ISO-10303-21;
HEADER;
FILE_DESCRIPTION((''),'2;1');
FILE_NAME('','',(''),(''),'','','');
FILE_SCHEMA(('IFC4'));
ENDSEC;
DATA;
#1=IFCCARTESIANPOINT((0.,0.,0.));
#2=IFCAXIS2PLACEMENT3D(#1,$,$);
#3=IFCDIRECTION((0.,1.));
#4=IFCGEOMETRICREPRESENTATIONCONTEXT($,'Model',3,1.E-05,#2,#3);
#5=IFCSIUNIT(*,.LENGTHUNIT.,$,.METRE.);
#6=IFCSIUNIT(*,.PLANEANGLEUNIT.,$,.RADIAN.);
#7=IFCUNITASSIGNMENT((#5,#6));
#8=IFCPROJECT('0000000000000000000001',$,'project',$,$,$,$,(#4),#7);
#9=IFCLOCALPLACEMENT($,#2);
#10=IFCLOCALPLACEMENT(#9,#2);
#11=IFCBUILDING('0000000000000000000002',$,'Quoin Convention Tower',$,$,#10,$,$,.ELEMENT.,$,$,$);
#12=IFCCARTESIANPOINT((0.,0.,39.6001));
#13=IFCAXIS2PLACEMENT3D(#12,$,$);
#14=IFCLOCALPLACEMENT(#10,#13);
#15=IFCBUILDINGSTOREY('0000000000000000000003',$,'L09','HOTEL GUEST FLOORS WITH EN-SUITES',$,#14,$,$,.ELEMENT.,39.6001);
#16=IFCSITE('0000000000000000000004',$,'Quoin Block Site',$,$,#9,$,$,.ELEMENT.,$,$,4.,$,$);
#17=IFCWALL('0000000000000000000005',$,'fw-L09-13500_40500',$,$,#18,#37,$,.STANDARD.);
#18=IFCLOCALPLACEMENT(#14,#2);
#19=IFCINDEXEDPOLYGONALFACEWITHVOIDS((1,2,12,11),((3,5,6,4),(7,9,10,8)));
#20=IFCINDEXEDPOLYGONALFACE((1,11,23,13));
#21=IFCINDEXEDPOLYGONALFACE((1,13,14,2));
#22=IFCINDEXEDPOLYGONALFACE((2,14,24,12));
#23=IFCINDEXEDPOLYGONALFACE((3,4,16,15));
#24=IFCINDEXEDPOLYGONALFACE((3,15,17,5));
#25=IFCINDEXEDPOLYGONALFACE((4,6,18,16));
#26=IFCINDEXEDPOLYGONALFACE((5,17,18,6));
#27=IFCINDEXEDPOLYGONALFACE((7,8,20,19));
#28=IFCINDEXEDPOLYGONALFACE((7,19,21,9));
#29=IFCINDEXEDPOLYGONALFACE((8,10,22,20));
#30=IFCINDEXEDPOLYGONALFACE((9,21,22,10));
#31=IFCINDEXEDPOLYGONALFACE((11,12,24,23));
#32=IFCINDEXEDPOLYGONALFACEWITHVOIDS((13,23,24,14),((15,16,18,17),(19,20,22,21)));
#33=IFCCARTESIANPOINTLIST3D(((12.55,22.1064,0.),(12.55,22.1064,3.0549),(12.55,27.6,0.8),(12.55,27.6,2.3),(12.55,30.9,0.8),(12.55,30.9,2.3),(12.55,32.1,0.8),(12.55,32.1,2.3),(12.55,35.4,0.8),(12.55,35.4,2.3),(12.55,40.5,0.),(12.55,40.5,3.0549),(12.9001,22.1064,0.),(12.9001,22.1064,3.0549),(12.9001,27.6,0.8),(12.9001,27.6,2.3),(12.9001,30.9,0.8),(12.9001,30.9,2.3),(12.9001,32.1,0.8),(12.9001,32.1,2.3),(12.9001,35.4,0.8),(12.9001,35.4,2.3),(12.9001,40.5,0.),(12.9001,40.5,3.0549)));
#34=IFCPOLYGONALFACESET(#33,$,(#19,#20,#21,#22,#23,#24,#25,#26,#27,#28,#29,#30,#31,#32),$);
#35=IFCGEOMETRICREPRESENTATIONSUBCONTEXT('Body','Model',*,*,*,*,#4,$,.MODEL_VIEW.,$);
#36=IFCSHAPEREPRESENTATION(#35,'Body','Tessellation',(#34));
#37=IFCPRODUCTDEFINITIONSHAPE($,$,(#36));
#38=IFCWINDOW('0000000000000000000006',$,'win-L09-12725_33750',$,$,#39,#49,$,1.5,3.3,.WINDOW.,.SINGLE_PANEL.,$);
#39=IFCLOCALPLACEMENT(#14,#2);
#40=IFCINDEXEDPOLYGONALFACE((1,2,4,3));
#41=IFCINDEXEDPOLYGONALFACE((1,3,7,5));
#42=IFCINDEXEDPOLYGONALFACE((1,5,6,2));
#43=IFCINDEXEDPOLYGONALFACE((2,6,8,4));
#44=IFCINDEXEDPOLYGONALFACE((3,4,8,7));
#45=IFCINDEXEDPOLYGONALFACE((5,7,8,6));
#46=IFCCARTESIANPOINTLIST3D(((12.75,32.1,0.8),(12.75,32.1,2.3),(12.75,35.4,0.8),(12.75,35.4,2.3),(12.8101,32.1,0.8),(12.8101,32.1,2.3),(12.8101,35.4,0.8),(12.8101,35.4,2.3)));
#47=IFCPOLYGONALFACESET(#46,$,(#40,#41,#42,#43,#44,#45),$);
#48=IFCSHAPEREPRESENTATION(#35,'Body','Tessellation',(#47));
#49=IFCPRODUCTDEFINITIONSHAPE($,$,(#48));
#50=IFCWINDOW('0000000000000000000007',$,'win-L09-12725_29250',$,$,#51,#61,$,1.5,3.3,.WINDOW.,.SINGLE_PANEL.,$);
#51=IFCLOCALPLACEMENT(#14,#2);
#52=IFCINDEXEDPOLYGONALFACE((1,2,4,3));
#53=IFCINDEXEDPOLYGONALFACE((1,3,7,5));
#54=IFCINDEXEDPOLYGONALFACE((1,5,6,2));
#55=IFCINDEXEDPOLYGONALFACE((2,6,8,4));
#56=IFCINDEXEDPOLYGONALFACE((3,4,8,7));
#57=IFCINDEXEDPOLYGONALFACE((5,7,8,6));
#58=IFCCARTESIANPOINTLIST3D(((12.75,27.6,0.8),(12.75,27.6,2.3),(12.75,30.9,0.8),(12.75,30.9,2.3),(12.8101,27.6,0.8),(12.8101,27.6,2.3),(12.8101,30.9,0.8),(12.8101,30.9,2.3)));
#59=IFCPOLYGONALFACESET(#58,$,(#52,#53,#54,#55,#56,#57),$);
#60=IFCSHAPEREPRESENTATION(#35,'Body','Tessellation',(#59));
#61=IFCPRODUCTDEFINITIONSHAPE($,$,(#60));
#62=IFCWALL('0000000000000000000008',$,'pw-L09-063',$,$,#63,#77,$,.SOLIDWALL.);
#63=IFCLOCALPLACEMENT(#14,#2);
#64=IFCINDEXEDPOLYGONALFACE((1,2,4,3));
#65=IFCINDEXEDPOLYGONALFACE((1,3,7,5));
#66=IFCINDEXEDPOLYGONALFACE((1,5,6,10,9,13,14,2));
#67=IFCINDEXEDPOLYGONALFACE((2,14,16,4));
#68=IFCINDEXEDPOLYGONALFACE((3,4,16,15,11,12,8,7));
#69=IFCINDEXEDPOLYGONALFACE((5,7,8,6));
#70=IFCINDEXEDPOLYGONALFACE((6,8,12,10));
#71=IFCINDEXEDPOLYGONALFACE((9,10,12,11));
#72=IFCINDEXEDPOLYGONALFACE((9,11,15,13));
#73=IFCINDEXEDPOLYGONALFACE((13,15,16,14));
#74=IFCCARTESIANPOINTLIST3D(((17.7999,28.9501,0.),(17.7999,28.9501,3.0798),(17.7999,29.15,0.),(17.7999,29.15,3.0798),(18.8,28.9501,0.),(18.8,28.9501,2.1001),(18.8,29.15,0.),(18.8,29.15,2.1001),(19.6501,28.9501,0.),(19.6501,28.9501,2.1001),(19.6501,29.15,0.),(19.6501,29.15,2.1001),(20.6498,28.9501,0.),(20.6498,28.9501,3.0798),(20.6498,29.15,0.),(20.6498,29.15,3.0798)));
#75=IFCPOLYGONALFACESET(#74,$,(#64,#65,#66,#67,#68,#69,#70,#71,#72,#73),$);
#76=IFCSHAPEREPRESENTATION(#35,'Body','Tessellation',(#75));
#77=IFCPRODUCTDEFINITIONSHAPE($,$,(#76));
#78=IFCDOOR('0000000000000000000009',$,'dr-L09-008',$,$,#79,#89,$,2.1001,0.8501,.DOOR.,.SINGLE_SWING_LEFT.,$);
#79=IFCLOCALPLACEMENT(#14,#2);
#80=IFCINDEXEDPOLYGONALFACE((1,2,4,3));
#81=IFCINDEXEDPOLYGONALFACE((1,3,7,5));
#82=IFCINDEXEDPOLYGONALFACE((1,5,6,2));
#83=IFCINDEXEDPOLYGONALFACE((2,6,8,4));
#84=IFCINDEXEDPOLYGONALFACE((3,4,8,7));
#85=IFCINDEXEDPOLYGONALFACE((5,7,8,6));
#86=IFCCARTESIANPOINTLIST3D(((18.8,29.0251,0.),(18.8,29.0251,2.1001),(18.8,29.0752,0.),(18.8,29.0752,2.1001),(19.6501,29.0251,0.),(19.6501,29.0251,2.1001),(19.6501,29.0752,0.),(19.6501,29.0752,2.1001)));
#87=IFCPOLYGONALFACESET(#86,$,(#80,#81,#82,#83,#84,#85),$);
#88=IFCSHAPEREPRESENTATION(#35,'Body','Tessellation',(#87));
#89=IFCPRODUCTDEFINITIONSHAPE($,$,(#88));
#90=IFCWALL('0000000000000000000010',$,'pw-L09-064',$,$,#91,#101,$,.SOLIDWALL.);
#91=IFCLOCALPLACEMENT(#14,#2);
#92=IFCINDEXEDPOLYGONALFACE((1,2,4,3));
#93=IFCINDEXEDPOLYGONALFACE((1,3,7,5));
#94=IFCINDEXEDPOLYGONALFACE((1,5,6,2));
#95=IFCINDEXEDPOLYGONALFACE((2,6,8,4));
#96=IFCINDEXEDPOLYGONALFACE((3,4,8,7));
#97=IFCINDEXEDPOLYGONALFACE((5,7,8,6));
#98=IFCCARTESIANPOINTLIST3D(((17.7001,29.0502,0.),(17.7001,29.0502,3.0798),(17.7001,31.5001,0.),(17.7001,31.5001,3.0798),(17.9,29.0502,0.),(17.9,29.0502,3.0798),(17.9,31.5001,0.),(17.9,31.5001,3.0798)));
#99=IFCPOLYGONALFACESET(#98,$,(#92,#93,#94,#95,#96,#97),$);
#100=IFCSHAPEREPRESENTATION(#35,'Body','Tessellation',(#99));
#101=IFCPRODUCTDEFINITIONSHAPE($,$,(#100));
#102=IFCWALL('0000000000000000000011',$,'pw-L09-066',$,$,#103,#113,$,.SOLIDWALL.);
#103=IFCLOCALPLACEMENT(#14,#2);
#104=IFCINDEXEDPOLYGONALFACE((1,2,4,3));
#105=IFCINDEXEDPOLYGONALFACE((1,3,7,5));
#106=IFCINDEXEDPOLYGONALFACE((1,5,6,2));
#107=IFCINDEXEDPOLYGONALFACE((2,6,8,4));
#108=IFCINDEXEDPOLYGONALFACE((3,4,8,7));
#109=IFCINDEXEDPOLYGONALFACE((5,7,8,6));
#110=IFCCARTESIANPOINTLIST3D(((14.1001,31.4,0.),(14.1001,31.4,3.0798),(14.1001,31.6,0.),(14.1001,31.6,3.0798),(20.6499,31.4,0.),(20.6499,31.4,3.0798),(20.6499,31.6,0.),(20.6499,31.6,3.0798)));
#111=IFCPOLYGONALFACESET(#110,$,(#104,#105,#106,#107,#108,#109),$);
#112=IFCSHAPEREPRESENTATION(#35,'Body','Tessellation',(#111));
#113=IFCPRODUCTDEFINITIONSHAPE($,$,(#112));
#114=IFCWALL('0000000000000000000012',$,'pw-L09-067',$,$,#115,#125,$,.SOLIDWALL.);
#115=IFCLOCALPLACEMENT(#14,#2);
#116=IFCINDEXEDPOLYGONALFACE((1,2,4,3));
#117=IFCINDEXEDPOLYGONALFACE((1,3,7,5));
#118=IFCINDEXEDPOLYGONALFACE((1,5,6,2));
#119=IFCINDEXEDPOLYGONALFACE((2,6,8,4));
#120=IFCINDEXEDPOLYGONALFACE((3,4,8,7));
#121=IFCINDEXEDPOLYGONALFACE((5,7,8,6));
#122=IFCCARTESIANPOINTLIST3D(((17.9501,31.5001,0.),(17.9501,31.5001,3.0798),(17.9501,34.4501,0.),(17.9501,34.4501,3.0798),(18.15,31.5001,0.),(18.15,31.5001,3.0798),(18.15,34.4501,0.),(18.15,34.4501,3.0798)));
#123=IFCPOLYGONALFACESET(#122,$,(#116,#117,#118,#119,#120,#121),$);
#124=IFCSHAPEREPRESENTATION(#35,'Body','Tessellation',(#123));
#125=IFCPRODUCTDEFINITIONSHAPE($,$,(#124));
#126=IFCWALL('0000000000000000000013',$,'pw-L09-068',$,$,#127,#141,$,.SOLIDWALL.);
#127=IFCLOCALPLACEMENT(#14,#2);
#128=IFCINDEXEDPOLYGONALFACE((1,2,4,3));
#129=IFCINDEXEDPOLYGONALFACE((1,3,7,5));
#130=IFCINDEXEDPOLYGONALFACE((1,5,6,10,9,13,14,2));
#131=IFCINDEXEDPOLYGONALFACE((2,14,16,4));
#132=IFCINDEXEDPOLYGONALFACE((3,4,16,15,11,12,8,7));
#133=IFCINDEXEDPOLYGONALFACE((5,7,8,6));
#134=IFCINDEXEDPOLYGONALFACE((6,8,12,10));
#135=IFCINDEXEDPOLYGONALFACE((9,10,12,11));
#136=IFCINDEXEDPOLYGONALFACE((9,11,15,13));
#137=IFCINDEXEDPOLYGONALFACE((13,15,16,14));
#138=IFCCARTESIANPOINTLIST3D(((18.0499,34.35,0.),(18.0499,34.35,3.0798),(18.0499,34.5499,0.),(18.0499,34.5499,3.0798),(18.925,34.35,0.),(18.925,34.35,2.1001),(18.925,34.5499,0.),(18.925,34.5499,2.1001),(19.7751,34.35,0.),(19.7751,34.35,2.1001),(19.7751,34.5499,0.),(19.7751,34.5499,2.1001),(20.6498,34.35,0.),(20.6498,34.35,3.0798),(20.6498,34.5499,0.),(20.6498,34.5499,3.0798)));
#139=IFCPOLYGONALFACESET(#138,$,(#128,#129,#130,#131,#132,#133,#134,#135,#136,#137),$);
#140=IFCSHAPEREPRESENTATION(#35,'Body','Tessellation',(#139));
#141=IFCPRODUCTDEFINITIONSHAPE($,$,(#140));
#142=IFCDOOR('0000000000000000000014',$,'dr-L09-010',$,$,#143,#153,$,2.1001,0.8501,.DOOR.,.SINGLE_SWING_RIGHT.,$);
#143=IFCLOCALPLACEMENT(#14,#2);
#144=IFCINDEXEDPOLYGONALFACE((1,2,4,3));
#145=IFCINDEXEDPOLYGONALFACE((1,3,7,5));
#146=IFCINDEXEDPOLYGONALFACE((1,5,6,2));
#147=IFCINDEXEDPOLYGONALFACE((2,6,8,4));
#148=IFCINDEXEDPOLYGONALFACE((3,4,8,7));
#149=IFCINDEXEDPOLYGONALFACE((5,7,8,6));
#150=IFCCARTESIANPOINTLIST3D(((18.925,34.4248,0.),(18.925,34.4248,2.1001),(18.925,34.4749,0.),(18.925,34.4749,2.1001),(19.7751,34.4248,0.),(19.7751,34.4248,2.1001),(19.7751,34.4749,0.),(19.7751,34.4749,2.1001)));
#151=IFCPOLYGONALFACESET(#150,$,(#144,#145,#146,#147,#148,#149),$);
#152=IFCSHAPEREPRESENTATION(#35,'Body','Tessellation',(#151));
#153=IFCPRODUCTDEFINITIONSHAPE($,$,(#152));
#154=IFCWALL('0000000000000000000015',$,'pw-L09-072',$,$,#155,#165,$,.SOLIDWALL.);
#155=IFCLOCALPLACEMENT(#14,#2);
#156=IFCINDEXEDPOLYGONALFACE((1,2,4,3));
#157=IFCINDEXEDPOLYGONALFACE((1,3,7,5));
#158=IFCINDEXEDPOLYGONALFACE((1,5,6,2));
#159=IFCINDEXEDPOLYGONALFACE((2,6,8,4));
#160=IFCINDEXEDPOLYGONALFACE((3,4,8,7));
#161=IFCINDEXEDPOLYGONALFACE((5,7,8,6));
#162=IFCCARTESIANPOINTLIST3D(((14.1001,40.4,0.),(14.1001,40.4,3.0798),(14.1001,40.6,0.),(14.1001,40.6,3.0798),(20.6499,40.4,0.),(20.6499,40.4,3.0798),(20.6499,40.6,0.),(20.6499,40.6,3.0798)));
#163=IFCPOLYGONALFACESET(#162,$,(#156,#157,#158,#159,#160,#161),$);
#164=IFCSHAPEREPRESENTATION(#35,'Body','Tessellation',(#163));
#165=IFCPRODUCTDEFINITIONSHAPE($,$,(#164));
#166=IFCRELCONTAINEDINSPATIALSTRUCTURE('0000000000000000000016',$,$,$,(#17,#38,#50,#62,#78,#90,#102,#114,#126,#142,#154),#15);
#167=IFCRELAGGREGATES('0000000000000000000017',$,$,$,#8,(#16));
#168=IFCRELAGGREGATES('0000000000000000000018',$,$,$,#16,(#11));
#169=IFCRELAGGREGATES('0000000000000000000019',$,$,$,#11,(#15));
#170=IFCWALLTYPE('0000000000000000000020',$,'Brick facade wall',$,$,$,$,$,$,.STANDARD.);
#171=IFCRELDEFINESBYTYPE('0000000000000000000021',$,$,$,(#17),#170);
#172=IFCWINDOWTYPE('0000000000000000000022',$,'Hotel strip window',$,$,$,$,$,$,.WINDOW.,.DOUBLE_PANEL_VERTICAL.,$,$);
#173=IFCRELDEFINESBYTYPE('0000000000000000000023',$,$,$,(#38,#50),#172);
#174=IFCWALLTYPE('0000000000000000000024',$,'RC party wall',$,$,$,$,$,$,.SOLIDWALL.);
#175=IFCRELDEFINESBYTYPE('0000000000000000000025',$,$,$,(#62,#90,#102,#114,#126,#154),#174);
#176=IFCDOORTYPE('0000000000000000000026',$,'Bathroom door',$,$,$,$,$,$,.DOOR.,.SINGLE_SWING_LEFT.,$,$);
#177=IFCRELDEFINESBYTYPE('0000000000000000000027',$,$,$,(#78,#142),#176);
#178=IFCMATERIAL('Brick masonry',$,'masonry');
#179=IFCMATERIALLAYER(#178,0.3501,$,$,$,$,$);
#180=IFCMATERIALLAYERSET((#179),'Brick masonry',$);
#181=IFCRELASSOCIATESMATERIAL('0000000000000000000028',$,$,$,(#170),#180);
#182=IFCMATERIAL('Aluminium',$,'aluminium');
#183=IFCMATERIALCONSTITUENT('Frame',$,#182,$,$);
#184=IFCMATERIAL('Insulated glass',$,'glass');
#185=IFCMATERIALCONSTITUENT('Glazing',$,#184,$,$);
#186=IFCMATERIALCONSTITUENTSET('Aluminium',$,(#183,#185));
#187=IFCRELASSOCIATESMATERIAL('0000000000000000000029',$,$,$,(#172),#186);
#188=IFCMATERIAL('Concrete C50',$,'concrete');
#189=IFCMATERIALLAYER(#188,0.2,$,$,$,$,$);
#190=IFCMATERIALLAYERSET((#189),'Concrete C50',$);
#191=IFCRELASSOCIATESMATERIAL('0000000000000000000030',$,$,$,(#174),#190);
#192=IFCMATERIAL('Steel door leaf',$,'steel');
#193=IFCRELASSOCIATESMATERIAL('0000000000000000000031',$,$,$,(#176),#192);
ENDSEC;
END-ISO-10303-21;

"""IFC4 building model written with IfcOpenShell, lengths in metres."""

from ifc_helpers import new_model, si_unit, direction, frame, frame_2d, origin, place, context, subcontext, project, spatial, rectangle, extrude, material, layer, layer_set, constituent, constituent_set, type_object, element, fill, save


model = new_model("IFC4")

# Units and contexts
model_context = context("Model", 3, precision=1e-05, world=origin(), true_north=direction((0.0, 1.0)))
body_context = subcontext(model_context, "Body", "Model", "MODEL_VIEW")
ifc_project = project(units=[si_unit("LENGTHUNIT", "METRE"), si_unit("PLANEANGLEUNIT", "RADIAN")], contexts=[model_context])

# Site, building, storey
site_placement = place(None, origin())
site = spatial("IfcSite", under=ifc_project, at=site_placement, Name="Quoin Block Site", CompositionType="ELEMENT", RefElevation=4.0)
building_placement = place(site_placement, origin())
building = spatial("IfcBuilding", under=site, at=building_placement, Name="Quoin Convention Tower", CompositionType="ELEMENT")
storey_placement = place(building_placement, frame((0.0, 0.0, 39.6001)))
storey = spatial("IfcBuildingStorey", under=building, at=storey_placement, Name="L09", Description="HOTEL GUEST FLOORS WITH EN-SUITES", CompositionType="ELEMENT", Elevation=39.6001)

# Wall, openings, windows
ifc_material_1 = material(Name="Brick masonry", Category="masonry")
ifc_layer_1 = layer(ifc_material_1, 0.3501)
ifc_layer_set_1 = layer_set([ifc_layer_1], Name="Brick masonry")
wall_type_1 = type_object("IfcWallType", Name="Brick facade wall", PredefinedType="STANDARD", material=ifc_layer_set_1)
wall_1_placement = place(storey_placement, frame((12.7251, 40.5, 0.0), z_axis=(0.0, 0.0, 1.0), x_axis=(0.0, -1.0, 0.0)))
wall_1 = element("IfcWall", 1, at=wall_1_placement, inside=storey, type_object=wall_type_1, Name="fw-L09-13500_40500", PredefinedType="STANDARD", context=body_context, shape_type="SweptSolid", body=[
    extrude(rectangle(XDim=18.3936, YDim=0.3501, at=frame_2d((9.1968, 0.0))), origin(), (0.0, 0.0, 1.0), 3.0549),
])
opening_1_placement = place(wall_1_placement, frame((5.1001, 0.0, 0.8)))
opening_1 = element("IfcOpeningElement", 2, at=opening_1_placement, cuts=wall_1, PredefinedType="OPENING", context=body_context, shape_type="SweptSolid", body=[
    extrude(rectangle(XDim=3.3, YDim=1.5, at=frame_2d((1.6499, 0.75))), frame((0.0, 0.1851, 0.0), z_axis=(0.0, -1.0, 0.0), x_axis=(1.0, 0.0, 0.0)), (0.0, 0.0, 1.0), 0.3701),
])
opening_2_placement = place(wall_1_placement, frame((9.6001, 0.0, 0.8)))
opening_2 = element("IfcOpeningElement", 3, at=opening_2_placement, cuts=wall_1, PredefinedType="OPENING", context=body_context, shape_type="SweptSolid", body=[
    extrude(rectangle(XDim=3.3, YDim=1.5, at=frame_2d((1.6499, 0.75))), frame((0.0, 0.1851, 0.0), z_axis=(0.0, -1.0, 0.0), x_axis=(1.0, 0.0, 0.0)), (0.0, 0.0, 1.0), 0.3701),
])
ifc_material_2 = material(Name="Aluminium", Category="aluminium")
ifc_constituent_1 = constituent(ifc_material_2, Name="Frame")
ifc_material_3 = material(Name="Insulated glass", Category="glass")
ifc_constituent_2 = constituent(ifc_material_3, Name="Glazing")
ifc_constituent_set = constituent_set(constituents=[ifc_constituent_1, ifc_constituent_2], Name="Aluminium")
window_type = type_object("IfcWindowType", Name="Hotel strip window", PartitioningType="DOUBLE_PANEL_VERTICAL", PredefinedType="WINDOW", material=ifc_constituent_set)
window_1_placement = place(opening_1_placement, origin())
window_1 = element("IfcWindow", 4, at=window_1_placement, inside=storey, type_object=window_type, Name="win-L09-12725_33750", OverallHeight=1.5, OverallWidth=3.3, PartitioningType="SINGLE_PANEL", PredefinedType="WINDOW", context=body_context, shape_type="SweptSolid", body=[
    extrude(rectangle(XDim=3.3, YDim=1.5, at=frame_2d((1.6499, 0.75))), frame((0.0, 0.085, 0.0), z_axis=(0.0, -1.0, 0.0), x_axis=(1.0, 0.0, 0.0)), (0.0, 0.0, 1.0), 0.0601),
])
fill(opening_1, window_1)
window_2_placement = place(opening_2_placement, origin())
window_2 = element("IfcWindow", 5, at=window_2_placement, inside=storey, type_object=window_type, Name="win-L09-12725_29250", OverallHeight=1.5, OverallWidth=3.3, PartitioningType="SINGLE_PANEL", PredefinedType="WINDOW", context=body_context, shape_type="SweptSolid", body=[
    extrude(rectangle(XDim=3.3, YDim=1.5, at=frame_2d((1.6499, 0.75))), frame((0.0, 0.085, 0.0), z_axis=(0.0, -1.0, 0.0), x_axis=(1.0, 0.0, 0.0)), (0.0, 0.0, 1.0), 0.0601),
])
fill(opening_2, window_2)

# Wall, opening, door
ifc_material_4 = material(Name="Concrete C50", Category="concrete")
ifc_layer_2 = layer(ifc_material_4, 0.2)
ifc_layer_set_2 = layer_set([ifc_layer_2], Name="Concrete C50")
wall_type_2 = type_object("IfcWallType", Name="RC party wall", PredefinedType="SOLIDWALL", material=ifc_layer_set_2)
wall_2_placement = place(storey_placement, frame((17.8, 29.05, 0.0), z_axis=(0.0, 0.0, 1.0), x_axis=(1.0, 0.0, 0.0)))
wall_2 = element("IfcWall", 6, at=wall_2_placement, inside=storey, type_object=wall_type_2, Name="pw-L09-063", PredefinedType="SOLIDWALL", context=body_context, shape_type="SweptSolid", body=[
    extrude(rectangle(XDim=2.8499, YDim=0.2, at=frame_2d((1.4248, 0.0))), origin(), (0.0, 0.0, 1.0), 3.0798),
])
opening_3_placement = place(wall_2_placement, frame((1.0, 0.0, 0.0)))
opening_3 = element("IfcOpeningElement", 7, at=opening_3_placement, cuts=wall_2, PredefinedType="OPENING", context=body_context, shape_type="SweptSolid", body=[
    extrude(rectangle(XDim=0.8501, YDim=2.1001, at=frame_2d((0.425, 1.05))), frame((0.0, 0.1099, 0.0), z_axis=(0.0, -1.0, 0.0), x_axis=(1.0, 0.0, 0.0)), (0.0, 0.0, 1.0), 0.22),
])
ifc_material_5 = material(Name="Steel door leaf", Category="steel")
door_type_1 = type_object("IfcDoorType", Name="Bathroom door", OperationType="SINGLE_SWING_LEFT", PredefinedType="DOOR", material=ifc_material_5)
door_1_placement = place(opening_3_placement, frame((0.8501, 0.0, 0.0), z_axis=(0.0, 0.0, 1.0), x_axis=(-1.0, 0.0, 0.0)))
door_1 = element("IfcDoor", 8, at=door_1_placement, inside=storey, type_object=door_type_1, Name="dr-L09-008", OperationType="SINGLE_SWING_LEFT", OverallHeight=2.1001, OverallWidth=0.8501, PredefinedType="DOOR", context=body_context, shape_type="SweptSolid", body=[
    extrude(rectangle(XDim=0.8501, YDim=2.1001, at=frame_2d((0.425, 1.05))), frame((0.0, 0.0249, 0.0), z_axis=(0.0, -1.0, 0.0), x_axis=(1.0, 0.0, 0.0)), (0.0, 0.0, 1.0), 0.05),
])
fill(opening_3, door_1)

# Walls
wall_3_placement = place(storey_placement, frame((17.8, 29.05, 0.0), z_axis=(0.0, 0.0, 1.0), x_axis=(0.0, 1.0, 0.0)))
element("IfcWall", 9, at=wall_3_placement, inside=storey, type_object=wall_type_2, Name="pw-L09-064", PredefinedType="SOLIDWALL", context=body_context, shape_type="SweptSolid", body=[
    extrude(rectangle(XDim=2.45, YDim=0.2, at=frame_2d((1.2251, 0.0))), origin(), (0.0, 0.0, 1.0), 3.0798),
])
wall_4_placement = place(storey_placement, frame((14.1001, 31.5, 0.0), z_axis=(0.0, 0.0, 1.0), x_axis=(1.0, 0.0, 0.0)))
element("IfcWall", 10, at=wall_4_placement, inside=storey, type_object=wall_type_2, Name="pw-L09-066", PredefinedType="SOLIDWALL", context=body_context, shape_type="SweptSolid", body=[
    extrude(rectangle(XDim=6.5498, YDim=0.2, at=frame_2d((3.2749, 0.0))), origin(), (0.0, 0.0, 1.0), 3.0798),
])
wall_5_placement = place(storey_placement, frame((18.05, 31.5, 0.0), z_axis=(0.0, 0.0, 1.0), x_axis=(0.0, 1.0, 0.0)))
element("IfcWall", 11, at=wall_5_placement, inside=storey, type_object=wall_type_2, Name="pw-L09-067", PredefinedType="SOLIDWALL", context=body_context, shape_type="SweptSolid", body=[
    extrude(rectangle(XDim=2.95, YDim=0.2, at=frame_2d((1.4751, 0.0))), origin(), (0.0, 0.0, 1.0), 3.0798),
])

# Wall, opening, door
wall_6_placement = place(storey_placement, frame((18.05, 34.45, 0.0), z_axis=(0.0, 0.0, 1.0), x_axis=(1.0, 0.0, 0.0)))
wall_6 = element("IfcWall", 12, at=wall_6_placement, inside=storey, type_object=wall_type_2, Name="pw-L09-068", PredefinedType="SOLIDWALL", context=body_context, shape_type="SweptSolid", body=[
    extrude(rectangle(XDim=2.5999, YDim=0.2, at=frame_2d((1.2998, 0.0))), origin(), (0.0, 0.0, 1.0), 3.0798),
])
opening_4_placement = place(wall_6_placement, frame((0.875, 0.0, 0.0)))
opening_4 = element("IfcOpeningElement", 13, at=opening_4_placement, cuts=wall_6, PredefinedType="OPENING", context=body_context, shape_type="SweptSolid", body=[
    extrude(rectangle(XDim=0.8501, YDim=2.1001, at=frame_2d((0.425, 1.05))), frame((0.0, 0.1099, 0.0), z_axis=(0.0, -1.0, 0.0), x_axis=(1.0, 0.0, 0.0)), (0.0, 0.0, 1.0), 0.22),
])
door_2_placement = place(opening_4_placement, origin())
door_2 = element("IfcDoor", 14, at=door_2_placement, inside=storey, type_object=door_type_1, Name="dr-L09-010", OperationType="SINGLE_SWING_RIGHT", OverallHeight=2.1001, OverallWidth=0.8501, PredefinedType="DOOR", context=body_context, shape_type="SweptSolid", body=[
    extrude(rectangle(XDim=0.8501, YDim=2.1001, at=frame_2d((0.425, 1.05))), frame((0.0, 0.0249, 0.0), z_axis=(0.0, -1.0, 0.0), x_axis=(1.0, 0.0, 0.0)), (0.0, 0.0, 1.0), 0.05),
])
fill(opening_4, door_2)

# Wall
wall_7_placement = place(storey_placement, frame((14.1001, 40.5, 0.0), z_axis=(0.0, 0.0, 1.0), x_axis=(1.0, 0.0, 0.0)))
element("IfcWall", 15, at=wall_7_placement, inside=storey, type_object=wall_type_2, Name="pw-L09-072", PredefinedType="SOLIDWALL", context=body_context, shape_type="SweptSolid", body=[
    extrude(rectangle(XDim=6.5498, YDim=0.2, at=frame_2d((3.2749, 0.0))), origin(), (0.0, 0.0, 1.0), 3.0798),
])

save(model, "model.ifc")
